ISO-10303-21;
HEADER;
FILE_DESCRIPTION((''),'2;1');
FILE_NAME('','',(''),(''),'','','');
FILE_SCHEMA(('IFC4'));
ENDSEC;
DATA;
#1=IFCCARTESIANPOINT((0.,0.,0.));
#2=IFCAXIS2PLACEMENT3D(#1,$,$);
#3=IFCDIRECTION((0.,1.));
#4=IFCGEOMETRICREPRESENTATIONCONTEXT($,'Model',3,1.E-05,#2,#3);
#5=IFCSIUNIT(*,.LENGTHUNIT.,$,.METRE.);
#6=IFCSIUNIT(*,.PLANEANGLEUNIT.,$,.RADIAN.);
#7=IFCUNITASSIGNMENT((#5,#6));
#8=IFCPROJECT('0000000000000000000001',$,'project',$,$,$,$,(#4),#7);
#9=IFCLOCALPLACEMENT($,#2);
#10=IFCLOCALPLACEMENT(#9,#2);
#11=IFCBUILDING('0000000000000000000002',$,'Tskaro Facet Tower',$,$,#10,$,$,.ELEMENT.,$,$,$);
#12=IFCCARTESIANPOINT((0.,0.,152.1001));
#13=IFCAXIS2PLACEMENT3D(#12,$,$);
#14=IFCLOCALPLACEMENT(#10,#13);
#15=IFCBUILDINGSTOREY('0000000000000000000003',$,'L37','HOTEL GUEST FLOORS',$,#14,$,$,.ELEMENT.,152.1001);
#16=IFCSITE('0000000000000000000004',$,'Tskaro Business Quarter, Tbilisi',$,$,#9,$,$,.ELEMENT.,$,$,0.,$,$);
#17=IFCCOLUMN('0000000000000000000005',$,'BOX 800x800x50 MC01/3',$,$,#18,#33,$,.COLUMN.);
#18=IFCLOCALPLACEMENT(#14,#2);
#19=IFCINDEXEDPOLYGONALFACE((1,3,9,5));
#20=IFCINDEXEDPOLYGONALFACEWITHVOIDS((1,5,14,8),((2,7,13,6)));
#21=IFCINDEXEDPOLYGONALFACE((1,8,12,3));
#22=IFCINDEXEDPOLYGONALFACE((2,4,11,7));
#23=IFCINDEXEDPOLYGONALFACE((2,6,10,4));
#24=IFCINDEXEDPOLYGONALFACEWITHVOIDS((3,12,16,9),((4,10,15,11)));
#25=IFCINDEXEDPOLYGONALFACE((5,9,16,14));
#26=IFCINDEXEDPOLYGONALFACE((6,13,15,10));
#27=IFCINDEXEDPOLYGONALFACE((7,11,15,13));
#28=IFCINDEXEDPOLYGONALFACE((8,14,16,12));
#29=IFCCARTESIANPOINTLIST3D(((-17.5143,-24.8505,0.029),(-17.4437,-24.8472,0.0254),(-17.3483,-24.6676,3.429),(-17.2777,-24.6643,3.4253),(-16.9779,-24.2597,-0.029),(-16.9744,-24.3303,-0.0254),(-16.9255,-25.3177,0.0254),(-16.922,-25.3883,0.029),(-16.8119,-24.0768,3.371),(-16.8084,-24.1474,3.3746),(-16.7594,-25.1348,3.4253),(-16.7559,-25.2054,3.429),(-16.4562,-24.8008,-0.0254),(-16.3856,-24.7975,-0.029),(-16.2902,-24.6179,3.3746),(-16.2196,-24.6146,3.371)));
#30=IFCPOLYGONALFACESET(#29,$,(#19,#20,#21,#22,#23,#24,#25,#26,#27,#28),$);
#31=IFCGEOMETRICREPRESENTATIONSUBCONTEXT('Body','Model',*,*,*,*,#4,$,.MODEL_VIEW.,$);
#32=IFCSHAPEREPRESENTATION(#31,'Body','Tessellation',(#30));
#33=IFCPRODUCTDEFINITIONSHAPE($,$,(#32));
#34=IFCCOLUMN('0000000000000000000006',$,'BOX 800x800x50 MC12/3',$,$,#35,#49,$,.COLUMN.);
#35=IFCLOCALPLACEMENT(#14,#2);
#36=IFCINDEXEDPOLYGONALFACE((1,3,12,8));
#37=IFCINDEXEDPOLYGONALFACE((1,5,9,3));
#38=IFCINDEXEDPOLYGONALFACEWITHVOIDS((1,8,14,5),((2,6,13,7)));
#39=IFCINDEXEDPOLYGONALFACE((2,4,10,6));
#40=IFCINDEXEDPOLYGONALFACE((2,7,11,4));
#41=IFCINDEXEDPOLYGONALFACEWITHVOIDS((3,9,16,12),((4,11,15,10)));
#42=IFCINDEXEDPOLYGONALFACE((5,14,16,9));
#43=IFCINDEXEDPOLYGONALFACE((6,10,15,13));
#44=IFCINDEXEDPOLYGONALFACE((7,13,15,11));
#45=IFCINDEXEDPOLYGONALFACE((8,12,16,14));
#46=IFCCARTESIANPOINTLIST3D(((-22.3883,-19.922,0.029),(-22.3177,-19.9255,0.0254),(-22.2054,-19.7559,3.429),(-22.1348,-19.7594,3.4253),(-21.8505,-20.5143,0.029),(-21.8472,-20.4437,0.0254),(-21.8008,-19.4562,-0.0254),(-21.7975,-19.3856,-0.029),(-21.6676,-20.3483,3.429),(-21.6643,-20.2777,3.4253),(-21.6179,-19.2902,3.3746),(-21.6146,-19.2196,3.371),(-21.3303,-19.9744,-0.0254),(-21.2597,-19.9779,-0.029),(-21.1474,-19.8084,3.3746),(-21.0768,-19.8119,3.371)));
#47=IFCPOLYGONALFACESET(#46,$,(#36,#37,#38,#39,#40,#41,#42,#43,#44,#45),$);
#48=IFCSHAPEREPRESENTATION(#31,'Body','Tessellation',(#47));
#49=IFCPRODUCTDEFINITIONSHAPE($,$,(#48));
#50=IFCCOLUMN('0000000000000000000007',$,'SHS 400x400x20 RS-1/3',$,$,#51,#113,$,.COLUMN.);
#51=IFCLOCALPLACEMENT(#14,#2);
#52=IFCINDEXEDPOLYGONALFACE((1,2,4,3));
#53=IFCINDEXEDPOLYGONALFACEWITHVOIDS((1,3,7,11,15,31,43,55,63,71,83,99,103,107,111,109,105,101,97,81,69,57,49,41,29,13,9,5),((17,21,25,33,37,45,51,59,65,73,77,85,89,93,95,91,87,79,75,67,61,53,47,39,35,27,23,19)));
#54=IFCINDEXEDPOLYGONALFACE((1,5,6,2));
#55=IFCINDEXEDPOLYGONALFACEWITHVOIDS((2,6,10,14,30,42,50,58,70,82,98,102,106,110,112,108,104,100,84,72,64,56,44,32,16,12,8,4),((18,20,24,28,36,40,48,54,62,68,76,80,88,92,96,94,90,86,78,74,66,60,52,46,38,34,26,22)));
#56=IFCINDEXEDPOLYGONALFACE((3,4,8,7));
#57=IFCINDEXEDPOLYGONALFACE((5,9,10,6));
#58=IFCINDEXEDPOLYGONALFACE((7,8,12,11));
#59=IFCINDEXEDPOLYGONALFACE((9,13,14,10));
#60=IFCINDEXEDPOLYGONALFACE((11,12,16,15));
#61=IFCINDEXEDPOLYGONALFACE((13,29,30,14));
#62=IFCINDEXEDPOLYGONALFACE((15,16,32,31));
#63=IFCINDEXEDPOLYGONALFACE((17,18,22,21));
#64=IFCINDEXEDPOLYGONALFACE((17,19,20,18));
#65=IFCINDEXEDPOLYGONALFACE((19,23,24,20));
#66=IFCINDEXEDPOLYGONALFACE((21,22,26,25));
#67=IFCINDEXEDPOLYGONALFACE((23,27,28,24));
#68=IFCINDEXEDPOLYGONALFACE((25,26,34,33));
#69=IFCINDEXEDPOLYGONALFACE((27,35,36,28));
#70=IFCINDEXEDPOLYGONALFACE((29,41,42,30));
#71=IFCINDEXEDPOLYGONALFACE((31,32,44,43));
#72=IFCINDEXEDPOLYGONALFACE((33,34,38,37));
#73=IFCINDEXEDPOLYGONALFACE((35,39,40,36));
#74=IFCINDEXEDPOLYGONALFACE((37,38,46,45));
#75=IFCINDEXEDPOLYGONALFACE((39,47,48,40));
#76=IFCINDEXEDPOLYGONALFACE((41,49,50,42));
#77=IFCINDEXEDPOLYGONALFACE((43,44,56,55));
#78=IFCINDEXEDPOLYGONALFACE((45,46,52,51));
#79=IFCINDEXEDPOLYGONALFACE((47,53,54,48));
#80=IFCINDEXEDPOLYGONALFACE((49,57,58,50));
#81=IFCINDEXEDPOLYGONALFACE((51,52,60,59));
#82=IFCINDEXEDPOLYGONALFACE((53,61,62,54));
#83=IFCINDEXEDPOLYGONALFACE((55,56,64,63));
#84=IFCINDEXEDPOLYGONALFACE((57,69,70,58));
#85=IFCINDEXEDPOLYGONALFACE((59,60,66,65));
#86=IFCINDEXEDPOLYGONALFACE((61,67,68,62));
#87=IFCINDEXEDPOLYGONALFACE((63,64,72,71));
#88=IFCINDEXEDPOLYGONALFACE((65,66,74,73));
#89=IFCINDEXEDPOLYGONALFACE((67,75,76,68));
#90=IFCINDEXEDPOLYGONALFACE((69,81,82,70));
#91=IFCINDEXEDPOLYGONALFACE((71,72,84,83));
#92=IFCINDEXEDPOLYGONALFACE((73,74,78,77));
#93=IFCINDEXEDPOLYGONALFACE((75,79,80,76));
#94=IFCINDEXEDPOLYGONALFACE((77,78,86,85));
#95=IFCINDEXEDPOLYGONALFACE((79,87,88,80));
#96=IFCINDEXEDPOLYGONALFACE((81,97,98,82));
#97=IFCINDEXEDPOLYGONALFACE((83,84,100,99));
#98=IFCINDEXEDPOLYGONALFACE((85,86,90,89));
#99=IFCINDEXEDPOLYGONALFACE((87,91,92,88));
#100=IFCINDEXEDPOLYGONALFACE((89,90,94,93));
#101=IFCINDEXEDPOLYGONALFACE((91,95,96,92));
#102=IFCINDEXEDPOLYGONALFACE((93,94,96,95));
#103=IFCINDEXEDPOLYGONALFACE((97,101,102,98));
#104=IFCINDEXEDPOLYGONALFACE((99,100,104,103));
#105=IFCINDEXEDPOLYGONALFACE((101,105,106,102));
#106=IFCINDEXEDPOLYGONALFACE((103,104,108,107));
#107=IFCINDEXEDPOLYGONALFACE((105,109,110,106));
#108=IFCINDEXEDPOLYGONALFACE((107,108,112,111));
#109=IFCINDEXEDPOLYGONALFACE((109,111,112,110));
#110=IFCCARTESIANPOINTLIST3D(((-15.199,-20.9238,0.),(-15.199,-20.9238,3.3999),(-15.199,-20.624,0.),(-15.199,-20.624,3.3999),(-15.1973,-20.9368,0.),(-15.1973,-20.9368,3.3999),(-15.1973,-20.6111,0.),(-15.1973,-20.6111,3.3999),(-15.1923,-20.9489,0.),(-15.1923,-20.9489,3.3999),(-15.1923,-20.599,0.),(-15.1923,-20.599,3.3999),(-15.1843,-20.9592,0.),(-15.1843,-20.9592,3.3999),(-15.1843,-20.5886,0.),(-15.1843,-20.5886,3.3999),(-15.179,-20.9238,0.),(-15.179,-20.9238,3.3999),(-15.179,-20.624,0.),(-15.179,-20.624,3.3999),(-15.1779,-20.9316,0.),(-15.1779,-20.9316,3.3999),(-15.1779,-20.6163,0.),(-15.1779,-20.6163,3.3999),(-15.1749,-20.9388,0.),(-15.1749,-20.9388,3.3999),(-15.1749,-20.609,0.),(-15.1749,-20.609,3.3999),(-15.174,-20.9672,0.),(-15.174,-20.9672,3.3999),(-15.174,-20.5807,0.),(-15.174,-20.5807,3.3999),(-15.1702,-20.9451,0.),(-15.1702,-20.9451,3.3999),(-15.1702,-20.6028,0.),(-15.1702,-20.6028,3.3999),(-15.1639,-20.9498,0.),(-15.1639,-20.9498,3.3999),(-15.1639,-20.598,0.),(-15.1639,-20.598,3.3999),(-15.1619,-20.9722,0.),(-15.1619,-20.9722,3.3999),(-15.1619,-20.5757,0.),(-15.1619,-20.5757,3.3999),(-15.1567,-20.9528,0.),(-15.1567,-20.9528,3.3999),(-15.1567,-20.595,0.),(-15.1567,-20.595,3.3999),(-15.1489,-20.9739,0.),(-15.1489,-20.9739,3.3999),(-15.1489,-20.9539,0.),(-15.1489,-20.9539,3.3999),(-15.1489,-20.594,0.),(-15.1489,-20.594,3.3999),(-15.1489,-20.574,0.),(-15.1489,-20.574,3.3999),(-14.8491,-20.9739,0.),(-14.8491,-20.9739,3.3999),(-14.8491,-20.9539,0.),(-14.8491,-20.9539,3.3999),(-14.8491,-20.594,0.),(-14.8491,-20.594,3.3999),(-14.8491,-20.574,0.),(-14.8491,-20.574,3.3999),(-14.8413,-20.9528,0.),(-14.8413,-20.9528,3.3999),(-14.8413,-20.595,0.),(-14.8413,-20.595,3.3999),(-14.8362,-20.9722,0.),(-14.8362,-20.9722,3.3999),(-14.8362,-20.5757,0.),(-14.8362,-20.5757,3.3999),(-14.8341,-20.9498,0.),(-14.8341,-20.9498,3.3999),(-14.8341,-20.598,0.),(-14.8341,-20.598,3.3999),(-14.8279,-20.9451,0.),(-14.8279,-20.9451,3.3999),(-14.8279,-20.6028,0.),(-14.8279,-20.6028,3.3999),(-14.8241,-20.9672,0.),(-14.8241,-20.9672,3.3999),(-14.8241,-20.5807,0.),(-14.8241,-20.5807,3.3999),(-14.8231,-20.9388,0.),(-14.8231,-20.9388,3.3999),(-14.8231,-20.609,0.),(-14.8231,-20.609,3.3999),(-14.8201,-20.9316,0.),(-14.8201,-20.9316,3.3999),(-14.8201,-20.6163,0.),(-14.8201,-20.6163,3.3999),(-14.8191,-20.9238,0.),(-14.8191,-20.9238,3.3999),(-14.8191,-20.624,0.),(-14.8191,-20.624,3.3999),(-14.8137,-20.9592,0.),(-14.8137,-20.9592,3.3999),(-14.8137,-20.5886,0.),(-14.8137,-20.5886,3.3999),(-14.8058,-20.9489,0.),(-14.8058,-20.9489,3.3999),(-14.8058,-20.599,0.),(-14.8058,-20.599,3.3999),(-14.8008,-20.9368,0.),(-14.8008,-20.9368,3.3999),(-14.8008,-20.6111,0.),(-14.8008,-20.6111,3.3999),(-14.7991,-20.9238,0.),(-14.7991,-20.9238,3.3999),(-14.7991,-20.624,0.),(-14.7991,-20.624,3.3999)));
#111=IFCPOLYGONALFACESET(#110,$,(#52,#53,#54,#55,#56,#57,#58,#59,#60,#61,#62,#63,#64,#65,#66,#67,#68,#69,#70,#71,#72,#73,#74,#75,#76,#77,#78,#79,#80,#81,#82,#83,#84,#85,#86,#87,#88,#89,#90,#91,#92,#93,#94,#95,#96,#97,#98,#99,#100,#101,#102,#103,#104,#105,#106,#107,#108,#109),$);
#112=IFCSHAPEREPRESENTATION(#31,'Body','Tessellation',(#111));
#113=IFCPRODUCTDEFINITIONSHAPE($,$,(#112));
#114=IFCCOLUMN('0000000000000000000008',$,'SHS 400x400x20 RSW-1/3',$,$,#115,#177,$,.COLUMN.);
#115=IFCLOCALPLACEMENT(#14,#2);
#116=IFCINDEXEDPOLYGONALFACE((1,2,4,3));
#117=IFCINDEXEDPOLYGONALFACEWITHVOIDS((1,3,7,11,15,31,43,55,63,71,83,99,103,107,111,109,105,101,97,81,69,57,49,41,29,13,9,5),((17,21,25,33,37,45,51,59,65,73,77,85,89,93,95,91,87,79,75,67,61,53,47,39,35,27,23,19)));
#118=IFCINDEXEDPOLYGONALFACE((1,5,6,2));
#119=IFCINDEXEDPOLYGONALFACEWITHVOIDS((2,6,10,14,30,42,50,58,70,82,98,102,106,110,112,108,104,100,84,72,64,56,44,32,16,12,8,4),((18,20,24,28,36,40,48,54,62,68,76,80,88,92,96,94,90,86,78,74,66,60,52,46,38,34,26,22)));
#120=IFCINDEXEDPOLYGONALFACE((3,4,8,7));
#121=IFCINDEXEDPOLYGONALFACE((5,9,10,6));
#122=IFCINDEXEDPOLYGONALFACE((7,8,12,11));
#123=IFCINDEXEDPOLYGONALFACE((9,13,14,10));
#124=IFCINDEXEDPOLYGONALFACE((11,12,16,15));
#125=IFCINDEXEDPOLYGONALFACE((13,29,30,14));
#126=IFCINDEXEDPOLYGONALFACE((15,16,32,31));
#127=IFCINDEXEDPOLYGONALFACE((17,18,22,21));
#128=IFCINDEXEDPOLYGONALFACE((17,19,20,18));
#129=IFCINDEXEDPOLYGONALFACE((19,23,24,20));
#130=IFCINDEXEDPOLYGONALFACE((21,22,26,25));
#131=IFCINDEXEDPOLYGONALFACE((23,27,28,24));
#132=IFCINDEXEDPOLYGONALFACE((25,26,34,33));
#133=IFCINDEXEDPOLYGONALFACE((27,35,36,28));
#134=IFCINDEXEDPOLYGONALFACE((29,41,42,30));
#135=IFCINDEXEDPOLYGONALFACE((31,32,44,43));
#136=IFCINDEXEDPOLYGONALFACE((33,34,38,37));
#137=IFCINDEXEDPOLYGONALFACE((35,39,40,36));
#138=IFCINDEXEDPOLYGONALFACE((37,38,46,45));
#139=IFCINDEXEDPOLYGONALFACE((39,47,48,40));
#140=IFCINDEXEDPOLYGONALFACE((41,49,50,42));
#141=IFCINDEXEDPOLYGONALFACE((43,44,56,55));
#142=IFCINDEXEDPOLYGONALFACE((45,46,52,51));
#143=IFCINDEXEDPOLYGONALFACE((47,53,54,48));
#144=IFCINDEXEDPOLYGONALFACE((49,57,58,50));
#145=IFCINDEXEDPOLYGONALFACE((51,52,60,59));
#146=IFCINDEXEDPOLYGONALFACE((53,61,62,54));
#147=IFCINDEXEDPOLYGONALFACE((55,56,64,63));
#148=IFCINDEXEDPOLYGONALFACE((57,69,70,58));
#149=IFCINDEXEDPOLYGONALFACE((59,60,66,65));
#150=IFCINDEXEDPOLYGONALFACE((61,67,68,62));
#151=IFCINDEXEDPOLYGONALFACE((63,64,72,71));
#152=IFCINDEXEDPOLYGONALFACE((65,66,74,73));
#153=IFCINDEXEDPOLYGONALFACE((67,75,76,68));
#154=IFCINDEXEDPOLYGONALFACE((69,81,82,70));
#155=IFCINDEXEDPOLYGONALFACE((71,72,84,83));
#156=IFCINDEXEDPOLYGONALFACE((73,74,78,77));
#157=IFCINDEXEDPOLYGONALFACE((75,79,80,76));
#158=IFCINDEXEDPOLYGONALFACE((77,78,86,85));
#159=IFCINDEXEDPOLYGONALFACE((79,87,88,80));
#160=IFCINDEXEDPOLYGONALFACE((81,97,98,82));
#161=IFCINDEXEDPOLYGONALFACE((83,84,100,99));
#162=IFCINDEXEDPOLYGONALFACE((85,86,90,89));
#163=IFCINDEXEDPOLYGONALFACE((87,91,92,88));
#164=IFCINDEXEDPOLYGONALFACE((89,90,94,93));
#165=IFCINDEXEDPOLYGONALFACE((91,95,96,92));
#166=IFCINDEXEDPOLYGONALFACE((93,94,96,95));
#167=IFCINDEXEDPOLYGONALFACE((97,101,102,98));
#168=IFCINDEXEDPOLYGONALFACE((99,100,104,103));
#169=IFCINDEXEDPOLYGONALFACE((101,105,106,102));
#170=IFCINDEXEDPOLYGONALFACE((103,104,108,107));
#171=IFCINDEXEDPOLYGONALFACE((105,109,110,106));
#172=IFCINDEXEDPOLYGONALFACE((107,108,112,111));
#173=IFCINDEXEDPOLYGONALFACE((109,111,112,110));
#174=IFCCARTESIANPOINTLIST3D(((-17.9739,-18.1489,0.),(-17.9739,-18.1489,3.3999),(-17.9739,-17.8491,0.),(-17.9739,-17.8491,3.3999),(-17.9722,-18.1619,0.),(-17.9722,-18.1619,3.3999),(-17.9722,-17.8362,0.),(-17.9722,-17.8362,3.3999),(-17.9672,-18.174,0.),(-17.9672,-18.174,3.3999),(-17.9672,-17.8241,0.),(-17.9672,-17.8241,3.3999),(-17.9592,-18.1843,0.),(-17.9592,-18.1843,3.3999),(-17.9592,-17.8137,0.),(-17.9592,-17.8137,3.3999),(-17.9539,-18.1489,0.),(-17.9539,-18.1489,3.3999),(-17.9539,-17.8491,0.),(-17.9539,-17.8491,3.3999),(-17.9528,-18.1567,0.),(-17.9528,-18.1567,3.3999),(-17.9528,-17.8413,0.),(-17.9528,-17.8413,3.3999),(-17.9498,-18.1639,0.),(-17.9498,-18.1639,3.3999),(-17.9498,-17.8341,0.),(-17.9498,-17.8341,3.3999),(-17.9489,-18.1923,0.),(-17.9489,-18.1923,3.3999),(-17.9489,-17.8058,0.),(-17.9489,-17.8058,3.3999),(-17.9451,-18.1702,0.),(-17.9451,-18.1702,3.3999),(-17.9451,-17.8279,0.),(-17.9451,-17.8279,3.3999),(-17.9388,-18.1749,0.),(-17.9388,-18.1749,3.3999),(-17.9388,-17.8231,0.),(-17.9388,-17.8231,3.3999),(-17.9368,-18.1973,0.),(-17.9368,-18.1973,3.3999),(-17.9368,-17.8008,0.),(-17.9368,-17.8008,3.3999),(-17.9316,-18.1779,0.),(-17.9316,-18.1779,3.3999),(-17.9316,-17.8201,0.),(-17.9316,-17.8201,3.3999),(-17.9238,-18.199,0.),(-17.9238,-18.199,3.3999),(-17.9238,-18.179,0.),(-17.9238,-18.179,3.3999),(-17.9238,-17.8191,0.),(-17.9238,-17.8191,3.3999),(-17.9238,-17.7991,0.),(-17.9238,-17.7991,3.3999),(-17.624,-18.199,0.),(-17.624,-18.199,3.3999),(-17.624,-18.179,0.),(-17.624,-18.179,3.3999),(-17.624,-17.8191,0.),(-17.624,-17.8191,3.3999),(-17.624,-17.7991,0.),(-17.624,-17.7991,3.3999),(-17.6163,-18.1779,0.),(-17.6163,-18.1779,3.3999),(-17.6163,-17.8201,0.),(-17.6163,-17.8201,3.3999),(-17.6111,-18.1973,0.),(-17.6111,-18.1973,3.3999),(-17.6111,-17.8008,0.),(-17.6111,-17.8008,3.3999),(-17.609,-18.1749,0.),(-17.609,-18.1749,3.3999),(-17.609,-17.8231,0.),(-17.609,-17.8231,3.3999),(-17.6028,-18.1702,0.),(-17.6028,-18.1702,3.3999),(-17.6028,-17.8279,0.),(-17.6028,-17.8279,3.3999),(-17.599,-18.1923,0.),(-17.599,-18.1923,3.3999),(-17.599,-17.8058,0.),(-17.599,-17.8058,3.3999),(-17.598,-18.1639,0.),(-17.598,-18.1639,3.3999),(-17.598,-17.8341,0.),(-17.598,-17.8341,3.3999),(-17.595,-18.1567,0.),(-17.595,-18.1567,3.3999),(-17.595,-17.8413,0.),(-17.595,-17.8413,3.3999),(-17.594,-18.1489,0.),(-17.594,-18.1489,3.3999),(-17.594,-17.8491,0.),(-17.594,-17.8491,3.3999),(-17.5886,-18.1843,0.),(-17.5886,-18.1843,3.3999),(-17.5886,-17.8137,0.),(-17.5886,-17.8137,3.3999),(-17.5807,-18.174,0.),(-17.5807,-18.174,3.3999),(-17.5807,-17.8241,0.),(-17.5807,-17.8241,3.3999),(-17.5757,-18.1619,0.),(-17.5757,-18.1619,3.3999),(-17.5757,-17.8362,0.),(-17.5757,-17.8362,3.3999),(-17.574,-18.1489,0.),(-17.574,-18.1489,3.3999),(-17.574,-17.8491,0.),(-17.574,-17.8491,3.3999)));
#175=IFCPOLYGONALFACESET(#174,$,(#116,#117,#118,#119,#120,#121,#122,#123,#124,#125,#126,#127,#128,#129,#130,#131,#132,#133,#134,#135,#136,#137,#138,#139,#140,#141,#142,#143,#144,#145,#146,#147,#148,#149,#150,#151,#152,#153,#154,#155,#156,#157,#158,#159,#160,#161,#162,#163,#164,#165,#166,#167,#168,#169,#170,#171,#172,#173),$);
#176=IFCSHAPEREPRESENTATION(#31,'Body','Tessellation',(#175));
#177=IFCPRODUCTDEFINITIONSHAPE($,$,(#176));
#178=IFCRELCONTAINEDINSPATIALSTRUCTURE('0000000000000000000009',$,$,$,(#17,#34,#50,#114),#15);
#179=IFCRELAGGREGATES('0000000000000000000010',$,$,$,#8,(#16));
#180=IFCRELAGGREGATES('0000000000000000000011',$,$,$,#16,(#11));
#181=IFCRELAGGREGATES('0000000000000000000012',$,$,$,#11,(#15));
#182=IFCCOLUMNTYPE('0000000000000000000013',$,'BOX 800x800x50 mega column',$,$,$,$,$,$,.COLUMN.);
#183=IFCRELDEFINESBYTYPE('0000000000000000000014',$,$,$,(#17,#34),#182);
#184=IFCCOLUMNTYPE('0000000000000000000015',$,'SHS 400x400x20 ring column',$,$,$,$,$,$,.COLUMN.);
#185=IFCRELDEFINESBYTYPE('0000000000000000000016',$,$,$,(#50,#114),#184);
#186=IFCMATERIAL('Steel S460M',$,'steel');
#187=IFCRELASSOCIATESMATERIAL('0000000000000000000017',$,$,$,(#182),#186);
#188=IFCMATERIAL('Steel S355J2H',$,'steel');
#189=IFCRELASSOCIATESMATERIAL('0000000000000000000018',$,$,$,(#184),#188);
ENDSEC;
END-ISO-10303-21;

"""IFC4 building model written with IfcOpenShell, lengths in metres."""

from ifc_helpers import new_model, si_unit, direction, frame, origin, origin_2d, place, context, subcontext, project, spatial, hollow_rectangle, extrude, material, material_profile, profile_set, type_object, element, save


model = new_model("IFC4")

# Units and contexts
model_context = context("Model", 3, precision=1e-05, world=origin(), true_north=direction((0.0, 1.0)))
body_context = subcontext(model_context, "Body", "Model", "MODEL_VIEW")
ifc_project = project(units=[si_unit("LENGTHUNIT", "METRE"), si_unit("PLANEANGLEUNIT", "RADIAN")], contexts=[model_context])

# Site, building, storey
site_placement = place(None, origin())
site = spatial("IfcSite", under=ifc_project, at=site_placement, Name="Tskaro Business Quarter, Tbilisi", CompositionType="ELEMENT", RefElevation=0.0)
building_placement = place(site_placement, origin())
building = spatial("IfcBuilding", under=site, at=building_placement, Name="Tskaro Facet Tower", CompositionType="ELEMENT")
storey_placement = place(building_placement, frame((0.0, 0.0, 152.1001)))
storey = spatial("IfcBuildingStorey", under=building, at=storey_placement, Name="L37", Description="HOTEL GUEST FLOORS", CompositionType="ELEMENT", Elevation=152.1001)

# Columns
ifc_material_1 = material(Name="Steel S460M", Category="steel")
ifc_material_profile_1 = material_profile(ifc_material_1, hollow_rectangle(XDim=0.8, YDim=0.8, WallThickness=0.05, at=origin_2d()), Name="BOX 800x800x50")
ifc_profile_set_1 = profile_set([ifc_material_profile_1], Name="Steel S460M")
column_type_1 = type_object("IfcColumnType", Name="BOX 800x800x50 mega column", PredefinedType="COLUMN", material=ifc_profile_set_1)
for number, where, z_axis, x_axis, name in (
    (1, (-16.95, -24.824, 0.0), (0.048701, 0.053643, 0.997372), (-0.740387, 0.672181, 0.0), "BOX 800x800x50 MC01/3"),
    (2, (-21.824, -19.95, 0.0), (0.053643, 0.048701, 0.997372), (-0.672181, 0.740387, 0.0), "BOX 800x800x50 MC12/3"),
):
    element("IfcColumn", number, at=place(storey_placement, frame(where, z_axis=z_axis, x_axis=x_axis)), inside=storey, type_object=column_type_1, Name=name, PredefinedType="COLUMN", context=body_context, shape_type="SweptSolid", body=[
        extrude(hollow_rectangle(XDim=0.8, YDim=0.8, WallThickness=0.05, at=origin_2d()), origin(), (0.0, 0.0, 1.0), 3.4089),
    ])
ifc_material_2 = material(Name="Steel S355J2H", Category="steel")
ifc_material_profile_2 = material_profile(ifc_material_2, hollow_rectangle(XDim=0.3999, YDim=0.3999, WallThickness=0.02, InnerFilletRadius=0.03, OuterFilletRadius=0.05, at=origin_2d()), Name="SHS 400x400x20")
ifc_profile_set_2 = profile_set([ifc_material_profile_2], Name="Steel S355J2H")
column_type_2 = type_object("IfcColumnType", Name="SHS 400x400x20 ring column", PredefinedType="COLUMN", material=ifc_profile_set_2)
for number, where, z_axis, x_axis, name in (
    (3, (-14.999, -20.7739, 0.0), (0.0, 0.0, 1.0), (1.0, 0.0, 0.0), "SHS 400x400x20 RS-1/3"),
    (4, (-17.7739, -17.999, 0.0), (0.0, 0.0, 1.0), (1.0, 0.0, 0.0), "SHS 400x400x20 RSW-1/3"),
):
    element("IfcColumn", number, at=place(storey_placement, frame(where, z_axis=z_axis, x_axis=x_axis)), inside=storey, type_object=column_type_2, Name=name, PredefinedType="COLUMN", context=body_context, shape_type="SweptSolid", body=[
        extrude(hollow_rectangle(XDim=0.3999, YDim=0.3999, WallThickness=0.02, InnerFilletRadius=0.03, OuterFilletRadius=0.05, at=origin_2d()), origin(), (0.0, 0.0, 1.0), 3.3999),
    ])

save(model, "model.ifc")
